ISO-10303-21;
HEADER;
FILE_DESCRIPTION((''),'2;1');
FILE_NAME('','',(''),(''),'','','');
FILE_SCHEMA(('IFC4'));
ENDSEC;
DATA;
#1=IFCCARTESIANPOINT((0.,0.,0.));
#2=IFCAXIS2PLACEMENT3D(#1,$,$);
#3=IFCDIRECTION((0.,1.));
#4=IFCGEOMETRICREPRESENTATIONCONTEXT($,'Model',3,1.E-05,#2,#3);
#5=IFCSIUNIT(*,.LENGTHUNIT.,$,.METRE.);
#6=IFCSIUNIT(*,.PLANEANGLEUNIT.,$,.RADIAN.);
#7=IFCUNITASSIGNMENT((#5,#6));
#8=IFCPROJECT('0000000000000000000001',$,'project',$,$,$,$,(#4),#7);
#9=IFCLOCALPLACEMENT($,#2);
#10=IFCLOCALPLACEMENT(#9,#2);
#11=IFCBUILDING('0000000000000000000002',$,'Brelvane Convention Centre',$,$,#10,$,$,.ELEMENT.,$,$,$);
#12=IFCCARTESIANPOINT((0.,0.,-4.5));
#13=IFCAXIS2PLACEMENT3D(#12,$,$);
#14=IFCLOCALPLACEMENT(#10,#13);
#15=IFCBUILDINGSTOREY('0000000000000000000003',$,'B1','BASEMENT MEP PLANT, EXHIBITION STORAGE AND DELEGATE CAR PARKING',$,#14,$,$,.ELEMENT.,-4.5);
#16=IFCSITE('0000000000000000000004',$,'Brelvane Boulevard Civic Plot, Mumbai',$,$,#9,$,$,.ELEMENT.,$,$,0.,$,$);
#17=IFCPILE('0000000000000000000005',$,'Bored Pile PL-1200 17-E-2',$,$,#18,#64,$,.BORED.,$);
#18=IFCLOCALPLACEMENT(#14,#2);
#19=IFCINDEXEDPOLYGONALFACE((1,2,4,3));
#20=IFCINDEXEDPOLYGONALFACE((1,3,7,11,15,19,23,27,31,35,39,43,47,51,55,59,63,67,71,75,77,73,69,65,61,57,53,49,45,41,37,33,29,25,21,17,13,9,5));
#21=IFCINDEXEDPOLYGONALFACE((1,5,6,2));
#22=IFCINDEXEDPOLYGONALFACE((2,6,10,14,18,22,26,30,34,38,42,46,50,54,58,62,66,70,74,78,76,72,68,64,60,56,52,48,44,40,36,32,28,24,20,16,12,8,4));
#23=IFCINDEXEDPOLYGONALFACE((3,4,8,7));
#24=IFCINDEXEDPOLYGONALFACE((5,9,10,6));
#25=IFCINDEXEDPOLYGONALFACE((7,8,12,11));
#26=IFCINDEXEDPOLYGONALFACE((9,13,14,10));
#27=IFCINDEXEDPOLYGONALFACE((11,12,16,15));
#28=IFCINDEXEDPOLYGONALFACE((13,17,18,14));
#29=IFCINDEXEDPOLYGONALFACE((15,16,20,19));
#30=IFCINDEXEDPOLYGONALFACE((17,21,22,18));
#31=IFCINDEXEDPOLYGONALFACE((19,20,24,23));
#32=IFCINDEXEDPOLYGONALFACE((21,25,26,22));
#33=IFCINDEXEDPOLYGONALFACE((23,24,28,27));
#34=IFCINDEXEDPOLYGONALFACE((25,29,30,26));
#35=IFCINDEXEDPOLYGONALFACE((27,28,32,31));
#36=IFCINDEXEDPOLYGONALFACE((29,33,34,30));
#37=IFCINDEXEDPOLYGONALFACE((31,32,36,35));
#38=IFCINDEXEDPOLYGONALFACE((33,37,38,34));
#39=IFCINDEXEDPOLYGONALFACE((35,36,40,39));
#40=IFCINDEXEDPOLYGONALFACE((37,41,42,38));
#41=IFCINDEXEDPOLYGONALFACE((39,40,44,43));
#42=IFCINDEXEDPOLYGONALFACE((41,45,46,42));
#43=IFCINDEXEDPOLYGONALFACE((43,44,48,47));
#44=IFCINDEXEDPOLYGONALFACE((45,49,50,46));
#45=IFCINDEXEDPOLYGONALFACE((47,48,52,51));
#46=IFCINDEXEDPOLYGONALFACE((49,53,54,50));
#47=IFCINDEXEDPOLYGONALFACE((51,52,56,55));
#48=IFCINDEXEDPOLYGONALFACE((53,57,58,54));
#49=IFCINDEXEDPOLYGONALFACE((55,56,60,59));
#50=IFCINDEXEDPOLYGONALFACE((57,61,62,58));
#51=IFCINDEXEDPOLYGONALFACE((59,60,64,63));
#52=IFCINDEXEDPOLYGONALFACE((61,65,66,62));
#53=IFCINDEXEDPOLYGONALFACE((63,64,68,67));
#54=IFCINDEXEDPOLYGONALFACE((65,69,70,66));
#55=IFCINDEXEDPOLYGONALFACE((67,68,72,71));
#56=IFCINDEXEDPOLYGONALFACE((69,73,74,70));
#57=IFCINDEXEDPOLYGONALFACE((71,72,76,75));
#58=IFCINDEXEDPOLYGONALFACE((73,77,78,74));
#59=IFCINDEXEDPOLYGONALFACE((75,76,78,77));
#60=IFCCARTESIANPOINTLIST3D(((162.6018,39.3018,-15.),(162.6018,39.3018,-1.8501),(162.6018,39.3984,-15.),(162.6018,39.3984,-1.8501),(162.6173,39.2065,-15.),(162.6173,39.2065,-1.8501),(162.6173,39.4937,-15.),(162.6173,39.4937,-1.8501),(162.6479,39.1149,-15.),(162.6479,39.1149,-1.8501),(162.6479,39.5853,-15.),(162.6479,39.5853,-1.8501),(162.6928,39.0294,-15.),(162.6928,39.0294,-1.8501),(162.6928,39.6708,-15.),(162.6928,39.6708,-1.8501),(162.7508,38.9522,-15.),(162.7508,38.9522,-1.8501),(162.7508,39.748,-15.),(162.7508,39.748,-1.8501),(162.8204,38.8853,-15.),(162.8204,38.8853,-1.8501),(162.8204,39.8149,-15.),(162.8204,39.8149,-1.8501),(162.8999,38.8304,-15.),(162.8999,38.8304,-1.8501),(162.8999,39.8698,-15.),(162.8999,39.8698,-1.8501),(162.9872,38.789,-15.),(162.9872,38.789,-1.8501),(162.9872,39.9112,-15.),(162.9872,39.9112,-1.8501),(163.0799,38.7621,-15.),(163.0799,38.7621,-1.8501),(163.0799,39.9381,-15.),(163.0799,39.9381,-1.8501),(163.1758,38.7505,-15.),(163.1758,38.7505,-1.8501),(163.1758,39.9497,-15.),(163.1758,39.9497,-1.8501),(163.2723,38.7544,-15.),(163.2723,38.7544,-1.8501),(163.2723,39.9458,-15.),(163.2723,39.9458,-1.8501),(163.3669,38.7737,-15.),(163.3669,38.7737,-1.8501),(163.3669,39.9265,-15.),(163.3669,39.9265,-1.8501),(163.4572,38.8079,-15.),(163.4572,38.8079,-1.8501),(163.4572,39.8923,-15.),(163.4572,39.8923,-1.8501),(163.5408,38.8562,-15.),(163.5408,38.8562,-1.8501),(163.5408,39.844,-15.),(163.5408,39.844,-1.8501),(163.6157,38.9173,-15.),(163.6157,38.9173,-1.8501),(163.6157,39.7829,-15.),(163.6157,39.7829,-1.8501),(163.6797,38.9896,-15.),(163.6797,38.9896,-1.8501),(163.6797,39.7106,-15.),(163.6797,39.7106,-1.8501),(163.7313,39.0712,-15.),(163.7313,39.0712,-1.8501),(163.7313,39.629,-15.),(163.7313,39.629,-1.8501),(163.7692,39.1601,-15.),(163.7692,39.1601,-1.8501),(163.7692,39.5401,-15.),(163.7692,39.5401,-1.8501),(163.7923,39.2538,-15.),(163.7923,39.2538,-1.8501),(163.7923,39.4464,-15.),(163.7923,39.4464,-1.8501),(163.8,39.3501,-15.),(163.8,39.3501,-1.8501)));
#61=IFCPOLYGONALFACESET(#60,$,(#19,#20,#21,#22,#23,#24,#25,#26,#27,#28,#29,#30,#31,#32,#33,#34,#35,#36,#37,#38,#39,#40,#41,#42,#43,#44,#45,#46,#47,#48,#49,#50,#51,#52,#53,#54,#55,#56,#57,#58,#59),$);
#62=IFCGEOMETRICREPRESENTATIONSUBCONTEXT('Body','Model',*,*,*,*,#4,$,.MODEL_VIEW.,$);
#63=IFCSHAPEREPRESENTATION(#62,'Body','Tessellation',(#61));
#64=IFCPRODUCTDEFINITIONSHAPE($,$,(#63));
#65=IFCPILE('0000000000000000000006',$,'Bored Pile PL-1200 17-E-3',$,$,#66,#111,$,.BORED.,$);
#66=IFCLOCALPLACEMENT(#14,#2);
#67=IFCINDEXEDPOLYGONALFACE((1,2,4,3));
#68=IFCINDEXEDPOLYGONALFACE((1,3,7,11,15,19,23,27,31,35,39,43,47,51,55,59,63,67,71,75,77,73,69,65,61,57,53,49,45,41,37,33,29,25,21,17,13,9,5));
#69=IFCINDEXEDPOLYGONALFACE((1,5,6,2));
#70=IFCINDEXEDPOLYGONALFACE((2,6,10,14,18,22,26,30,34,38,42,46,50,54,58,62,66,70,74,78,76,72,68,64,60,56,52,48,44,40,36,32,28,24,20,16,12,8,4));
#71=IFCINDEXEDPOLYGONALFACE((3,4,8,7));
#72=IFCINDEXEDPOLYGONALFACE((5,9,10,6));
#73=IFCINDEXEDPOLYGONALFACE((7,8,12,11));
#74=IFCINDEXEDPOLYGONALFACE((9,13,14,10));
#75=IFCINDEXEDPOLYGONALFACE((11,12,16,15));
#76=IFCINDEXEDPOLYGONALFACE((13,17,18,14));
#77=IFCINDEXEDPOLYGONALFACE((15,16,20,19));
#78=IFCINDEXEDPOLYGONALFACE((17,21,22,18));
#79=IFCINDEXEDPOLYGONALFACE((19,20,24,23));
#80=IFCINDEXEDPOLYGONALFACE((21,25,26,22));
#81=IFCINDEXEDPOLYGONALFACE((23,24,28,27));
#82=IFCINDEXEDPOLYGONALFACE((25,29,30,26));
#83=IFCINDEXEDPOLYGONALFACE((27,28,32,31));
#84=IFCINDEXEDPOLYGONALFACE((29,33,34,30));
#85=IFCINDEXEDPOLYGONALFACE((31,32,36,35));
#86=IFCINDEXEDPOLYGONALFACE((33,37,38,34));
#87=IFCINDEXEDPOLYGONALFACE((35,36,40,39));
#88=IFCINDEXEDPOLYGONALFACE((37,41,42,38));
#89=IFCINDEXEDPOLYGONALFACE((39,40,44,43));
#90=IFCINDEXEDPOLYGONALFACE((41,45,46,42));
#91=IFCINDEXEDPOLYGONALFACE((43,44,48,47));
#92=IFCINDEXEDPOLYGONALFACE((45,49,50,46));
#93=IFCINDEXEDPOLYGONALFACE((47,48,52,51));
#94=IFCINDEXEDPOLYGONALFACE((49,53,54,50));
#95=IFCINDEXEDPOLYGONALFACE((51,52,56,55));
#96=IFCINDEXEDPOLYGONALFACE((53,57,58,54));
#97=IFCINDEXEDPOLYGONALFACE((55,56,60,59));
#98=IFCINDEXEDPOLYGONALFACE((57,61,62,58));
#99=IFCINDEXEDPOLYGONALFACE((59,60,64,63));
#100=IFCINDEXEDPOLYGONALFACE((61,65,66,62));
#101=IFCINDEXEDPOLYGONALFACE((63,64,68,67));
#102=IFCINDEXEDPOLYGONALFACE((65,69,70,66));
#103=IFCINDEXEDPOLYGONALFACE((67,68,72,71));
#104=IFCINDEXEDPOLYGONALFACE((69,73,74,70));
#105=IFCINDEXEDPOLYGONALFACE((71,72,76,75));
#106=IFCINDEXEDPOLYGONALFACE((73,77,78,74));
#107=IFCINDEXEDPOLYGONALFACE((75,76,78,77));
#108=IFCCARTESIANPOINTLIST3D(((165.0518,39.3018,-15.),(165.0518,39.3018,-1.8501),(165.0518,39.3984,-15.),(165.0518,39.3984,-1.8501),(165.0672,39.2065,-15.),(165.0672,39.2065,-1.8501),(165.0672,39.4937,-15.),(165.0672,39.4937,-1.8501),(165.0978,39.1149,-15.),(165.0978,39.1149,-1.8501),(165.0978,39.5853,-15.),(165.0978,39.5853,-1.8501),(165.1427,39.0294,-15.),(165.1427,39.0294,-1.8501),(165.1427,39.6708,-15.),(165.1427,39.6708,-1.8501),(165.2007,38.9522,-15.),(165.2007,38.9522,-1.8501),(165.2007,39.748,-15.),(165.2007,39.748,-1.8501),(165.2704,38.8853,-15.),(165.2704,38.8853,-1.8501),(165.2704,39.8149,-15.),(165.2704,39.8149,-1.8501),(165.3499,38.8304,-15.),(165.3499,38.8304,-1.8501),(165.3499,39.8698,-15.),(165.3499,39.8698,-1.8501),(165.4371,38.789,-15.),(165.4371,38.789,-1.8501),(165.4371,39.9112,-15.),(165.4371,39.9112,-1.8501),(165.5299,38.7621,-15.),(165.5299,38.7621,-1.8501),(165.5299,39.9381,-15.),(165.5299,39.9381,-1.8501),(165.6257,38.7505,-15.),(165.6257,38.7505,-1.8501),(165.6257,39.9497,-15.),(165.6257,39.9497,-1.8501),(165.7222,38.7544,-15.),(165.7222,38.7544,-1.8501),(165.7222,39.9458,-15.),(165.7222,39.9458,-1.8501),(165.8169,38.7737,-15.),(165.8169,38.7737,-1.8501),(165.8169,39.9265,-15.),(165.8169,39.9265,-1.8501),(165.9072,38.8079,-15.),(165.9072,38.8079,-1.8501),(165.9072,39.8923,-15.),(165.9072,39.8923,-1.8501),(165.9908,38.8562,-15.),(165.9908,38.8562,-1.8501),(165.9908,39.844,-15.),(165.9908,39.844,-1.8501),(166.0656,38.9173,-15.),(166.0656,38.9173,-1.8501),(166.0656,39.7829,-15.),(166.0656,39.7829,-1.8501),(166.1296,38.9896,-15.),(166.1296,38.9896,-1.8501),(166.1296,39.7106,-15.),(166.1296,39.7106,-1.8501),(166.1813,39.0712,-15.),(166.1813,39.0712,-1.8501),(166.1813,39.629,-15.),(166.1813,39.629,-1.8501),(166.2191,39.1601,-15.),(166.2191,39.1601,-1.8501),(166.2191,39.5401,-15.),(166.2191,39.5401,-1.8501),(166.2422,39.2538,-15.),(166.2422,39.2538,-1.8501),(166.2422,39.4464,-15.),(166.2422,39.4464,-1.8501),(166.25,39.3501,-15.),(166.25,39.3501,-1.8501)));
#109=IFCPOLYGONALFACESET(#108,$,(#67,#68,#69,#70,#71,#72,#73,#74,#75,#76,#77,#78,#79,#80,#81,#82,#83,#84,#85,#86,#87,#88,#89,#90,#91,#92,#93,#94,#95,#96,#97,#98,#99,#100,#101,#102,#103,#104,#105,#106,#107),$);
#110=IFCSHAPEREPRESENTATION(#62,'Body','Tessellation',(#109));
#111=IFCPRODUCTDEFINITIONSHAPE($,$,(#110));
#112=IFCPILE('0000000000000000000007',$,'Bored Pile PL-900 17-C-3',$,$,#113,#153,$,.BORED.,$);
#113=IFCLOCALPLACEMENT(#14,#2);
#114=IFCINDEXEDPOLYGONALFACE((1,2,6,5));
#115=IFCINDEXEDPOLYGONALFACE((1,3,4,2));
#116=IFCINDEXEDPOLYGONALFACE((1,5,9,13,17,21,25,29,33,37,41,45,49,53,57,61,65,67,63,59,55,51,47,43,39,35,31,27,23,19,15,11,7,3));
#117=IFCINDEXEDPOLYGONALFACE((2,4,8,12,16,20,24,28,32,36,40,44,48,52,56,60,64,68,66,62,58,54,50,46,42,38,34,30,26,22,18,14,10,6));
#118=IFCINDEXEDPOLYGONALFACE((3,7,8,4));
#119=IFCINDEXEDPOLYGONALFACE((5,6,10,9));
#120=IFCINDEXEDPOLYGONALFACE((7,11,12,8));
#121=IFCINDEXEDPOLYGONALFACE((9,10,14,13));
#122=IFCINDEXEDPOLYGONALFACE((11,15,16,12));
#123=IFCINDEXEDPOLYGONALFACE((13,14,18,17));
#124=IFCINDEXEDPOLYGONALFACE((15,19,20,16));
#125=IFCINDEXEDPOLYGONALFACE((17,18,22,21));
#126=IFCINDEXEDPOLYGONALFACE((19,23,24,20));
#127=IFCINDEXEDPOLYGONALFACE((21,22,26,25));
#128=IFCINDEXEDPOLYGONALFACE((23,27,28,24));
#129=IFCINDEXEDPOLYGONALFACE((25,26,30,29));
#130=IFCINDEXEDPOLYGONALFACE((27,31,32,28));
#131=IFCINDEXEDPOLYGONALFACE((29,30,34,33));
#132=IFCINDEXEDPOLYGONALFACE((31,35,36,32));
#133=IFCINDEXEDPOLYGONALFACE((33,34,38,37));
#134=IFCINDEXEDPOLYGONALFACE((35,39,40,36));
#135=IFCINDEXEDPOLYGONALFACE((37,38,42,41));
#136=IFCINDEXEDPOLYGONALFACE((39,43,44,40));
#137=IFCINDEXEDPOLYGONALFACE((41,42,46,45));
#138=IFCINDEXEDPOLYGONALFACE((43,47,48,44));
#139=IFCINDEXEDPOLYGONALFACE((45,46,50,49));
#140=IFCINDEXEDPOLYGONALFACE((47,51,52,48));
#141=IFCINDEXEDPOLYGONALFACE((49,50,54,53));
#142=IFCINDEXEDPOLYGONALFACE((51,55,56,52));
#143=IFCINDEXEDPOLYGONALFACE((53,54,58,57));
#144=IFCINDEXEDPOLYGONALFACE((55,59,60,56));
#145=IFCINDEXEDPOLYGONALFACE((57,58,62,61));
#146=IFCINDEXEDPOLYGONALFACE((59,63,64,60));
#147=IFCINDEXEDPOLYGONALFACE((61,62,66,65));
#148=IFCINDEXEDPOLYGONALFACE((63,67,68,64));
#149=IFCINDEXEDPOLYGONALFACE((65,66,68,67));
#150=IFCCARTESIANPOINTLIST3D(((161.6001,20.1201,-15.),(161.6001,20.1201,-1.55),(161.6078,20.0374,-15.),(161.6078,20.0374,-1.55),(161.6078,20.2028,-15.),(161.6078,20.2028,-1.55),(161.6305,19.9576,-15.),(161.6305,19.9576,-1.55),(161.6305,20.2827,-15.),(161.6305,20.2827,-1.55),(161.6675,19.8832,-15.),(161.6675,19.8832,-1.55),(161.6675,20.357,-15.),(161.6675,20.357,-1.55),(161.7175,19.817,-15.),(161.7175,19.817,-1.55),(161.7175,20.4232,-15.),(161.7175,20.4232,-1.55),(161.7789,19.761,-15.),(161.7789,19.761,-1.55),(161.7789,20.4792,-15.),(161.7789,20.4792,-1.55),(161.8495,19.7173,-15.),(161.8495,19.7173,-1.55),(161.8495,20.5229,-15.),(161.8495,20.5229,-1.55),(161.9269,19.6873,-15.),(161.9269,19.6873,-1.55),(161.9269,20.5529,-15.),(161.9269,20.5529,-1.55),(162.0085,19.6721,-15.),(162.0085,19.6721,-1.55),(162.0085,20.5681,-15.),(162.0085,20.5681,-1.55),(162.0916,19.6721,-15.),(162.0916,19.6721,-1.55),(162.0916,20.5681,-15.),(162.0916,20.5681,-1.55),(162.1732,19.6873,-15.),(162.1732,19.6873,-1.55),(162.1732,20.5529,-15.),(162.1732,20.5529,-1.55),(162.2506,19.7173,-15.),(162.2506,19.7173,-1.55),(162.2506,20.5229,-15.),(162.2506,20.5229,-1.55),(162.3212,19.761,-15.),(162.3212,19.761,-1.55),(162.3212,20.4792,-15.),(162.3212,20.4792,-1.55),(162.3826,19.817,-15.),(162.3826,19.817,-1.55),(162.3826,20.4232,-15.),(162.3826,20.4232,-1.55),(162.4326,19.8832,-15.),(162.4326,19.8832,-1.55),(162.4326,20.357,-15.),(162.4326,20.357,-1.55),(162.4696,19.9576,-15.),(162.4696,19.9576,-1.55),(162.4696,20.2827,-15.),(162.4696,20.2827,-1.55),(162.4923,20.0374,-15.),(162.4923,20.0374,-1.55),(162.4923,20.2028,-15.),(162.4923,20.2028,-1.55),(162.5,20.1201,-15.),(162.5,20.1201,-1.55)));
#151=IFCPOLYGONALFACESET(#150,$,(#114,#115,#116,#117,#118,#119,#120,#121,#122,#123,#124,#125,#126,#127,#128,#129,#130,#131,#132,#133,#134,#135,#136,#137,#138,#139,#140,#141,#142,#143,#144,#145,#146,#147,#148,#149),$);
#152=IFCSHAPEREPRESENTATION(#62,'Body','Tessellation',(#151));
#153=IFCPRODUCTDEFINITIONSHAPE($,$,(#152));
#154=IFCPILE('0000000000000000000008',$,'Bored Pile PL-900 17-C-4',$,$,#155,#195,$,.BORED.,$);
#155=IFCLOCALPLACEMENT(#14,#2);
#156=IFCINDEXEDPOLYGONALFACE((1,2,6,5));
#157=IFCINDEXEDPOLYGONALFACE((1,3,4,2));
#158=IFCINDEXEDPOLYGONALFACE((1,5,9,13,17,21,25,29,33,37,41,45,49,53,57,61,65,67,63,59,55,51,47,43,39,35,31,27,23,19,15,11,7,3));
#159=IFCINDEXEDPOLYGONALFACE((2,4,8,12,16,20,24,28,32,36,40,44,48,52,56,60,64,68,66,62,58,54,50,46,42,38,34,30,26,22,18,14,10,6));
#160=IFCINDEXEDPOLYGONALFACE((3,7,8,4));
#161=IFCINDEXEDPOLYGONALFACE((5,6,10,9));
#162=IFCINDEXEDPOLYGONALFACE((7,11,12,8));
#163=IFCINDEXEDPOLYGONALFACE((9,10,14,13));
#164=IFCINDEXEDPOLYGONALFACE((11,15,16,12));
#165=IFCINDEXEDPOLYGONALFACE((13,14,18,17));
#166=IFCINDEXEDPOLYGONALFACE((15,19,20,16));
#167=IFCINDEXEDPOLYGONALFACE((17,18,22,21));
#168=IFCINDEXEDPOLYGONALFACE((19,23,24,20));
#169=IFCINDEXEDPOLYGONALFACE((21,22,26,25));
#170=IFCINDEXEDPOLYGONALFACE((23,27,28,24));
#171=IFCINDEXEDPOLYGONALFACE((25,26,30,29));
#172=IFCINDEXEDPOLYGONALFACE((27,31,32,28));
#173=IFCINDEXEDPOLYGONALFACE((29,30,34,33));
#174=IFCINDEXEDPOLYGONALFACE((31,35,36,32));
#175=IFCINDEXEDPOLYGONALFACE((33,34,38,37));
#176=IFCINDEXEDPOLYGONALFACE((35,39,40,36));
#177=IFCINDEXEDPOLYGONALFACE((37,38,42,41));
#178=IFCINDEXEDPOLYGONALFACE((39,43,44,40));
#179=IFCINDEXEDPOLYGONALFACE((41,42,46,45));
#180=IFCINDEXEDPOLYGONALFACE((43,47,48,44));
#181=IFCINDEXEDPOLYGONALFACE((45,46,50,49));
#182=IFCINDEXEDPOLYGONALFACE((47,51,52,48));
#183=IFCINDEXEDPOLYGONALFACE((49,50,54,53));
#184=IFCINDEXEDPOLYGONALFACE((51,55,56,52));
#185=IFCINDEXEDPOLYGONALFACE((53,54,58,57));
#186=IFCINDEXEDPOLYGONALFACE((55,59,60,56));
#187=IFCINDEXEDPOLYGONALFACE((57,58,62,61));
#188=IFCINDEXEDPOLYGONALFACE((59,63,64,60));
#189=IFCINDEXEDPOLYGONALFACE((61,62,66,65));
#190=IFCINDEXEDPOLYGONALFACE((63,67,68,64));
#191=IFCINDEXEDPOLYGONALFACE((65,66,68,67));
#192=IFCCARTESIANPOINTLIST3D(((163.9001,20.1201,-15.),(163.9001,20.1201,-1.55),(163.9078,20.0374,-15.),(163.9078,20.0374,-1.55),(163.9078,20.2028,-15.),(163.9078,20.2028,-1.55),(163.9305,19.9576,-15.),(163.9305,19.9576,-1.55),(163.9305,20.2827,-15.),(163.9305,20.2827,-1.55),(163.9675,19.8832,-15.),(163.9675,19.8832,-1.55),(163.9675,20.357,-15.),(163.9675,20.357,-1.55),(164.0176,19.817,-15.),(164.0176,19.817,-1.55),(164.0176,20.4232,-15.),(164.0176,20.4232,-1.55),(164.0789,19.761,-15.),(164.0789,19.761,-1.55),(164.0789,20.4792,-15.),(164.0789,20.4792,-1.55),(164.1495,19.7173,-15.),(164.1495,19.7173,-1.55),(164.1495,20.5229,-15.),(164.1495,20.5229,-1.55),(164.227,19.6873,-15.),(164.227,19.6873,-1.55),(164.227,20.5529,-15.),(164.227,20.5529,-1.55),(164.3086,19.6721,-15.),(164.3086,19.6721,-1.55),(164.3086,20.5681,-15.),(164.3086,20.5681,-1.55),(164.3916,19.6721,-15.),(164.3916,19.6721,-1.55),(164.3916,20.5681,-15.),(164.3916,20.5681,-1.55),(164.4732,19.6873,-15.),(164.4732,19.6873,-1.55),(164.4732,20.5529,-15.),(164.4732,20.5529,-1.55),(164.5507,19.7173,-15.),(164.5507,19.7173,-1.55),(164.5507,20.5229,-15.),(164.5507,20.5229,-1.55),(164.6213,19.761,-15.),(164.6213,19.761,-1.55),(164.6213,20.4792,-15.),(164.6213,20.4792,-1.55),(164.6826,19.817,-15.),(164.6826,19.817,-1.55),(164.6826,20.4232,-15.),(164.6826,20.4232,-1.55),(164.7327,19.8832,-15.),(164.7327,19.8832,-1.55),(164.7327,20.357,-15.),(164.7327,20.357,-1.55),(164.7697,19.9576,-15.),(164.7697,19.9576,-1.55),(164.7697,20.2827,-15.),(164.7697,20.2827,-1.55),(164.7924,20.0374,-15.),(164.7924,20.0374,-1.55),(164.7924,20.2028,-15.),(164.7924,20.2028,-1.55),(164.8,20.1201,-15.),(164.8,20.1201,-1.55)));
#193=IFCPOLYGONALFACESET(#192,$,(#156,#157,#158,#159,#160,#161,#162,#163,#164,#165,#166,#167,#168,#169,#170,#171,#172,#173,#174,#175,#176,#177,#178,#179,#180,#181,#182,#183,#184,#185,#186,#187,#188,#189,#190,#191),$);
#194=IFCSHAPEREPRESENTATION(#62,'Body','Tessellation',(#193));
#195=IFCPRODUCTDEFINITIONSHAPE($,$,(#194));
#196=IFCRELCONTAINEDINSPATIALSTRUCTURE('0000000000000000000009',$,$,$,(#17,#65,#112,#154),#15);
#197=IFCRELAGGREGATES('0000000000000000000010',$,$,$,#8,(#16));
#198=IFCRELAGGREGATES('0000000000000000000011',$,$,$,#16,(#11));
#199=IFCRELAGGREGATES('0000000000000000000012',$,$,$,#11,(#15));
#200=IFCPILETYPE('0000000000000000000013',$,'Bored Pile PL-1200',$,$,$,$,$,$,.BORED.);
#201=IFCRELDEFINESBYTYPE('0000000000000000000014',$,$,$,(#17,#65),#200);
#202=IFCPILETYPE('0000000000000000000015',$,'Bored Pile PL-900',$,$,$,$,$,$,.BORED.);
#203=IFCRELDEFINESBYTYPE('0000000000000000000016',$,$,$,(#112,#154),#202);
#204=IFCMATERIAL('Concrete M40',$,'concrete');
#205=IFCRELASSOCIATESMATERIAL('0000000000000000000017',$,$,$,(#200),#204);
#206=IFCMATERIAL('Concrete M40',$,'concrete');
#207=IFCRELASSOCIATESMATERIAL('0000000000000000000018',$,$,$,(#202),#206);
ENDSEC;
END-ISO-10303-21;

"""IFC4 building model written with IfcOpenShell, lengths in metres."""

from ifc_helpers import new_model, si_unit, direction, frame, origin, origin_2d, place, context, subcontext, project, spatial, circle, extrude, material, material_profile, profile_set, type_object, element, save


model = new_model("IFC4")

# Units and contexts
model_context = context("Model", 3, precision=1e-05, world=origin(), true_north=direction((0.0, 1.0)))
body_context = subcontext(model_context, "Body", "Model", "MODEL_VIEW")
ifc_project = project(units=[si_unit("LENGTHUNIT", "METRE"), si_unit("PLANEANGLEUNIT", "RADIAN")], contexts=[model_context])

# Site, building, storey
site_placement = place(None, origin())
site = spatial("IfcSite", under=ifc_project, at=site_placement, Name="Brelvane Boulevard Civic Plot, Mumbai", CompositionType="ELEMENT", RefElevation=0.0)
building_placement = place(site_placement, origin())
building = spatial("IfcBuilding", under=site, at=building_placement, Name="Brelvane Convention Centre", CompositionType="ELEMENT")
storey_placement = place(building_placement, frame((0.0, 0.0, -4.5)))
storey = spatial("IfcBuildingStorey", under=building, at=storey_placement, Name="B1", Description="BASEMENT MEP PLANT, EXHIBITION STORAGE AND DELEGATE CAR PARKING", CompositionType="ELEMENT", Elevation=-4.5)

# Piles
ifc_material_1 = material(Name="Concrete M40", Category="concrete")
ifc_material_profile_1 = material_profile(ifc_material_1, circle(Radius=0.6001, at=origin_2d()), Name="PILE D1200")
ifc_profile_set_1 = profile_set([ifc_material_profile_1], Name="Concrete M40")
pile_type_1 = type_object("IfcPileType", Name="Bored Pile PL-1200", PredefinedType="BORED", material=ifc_profile_set_1)
for number, where, z_axis, x_axis, name in (
    (1, (163.2, 39.3501, -1.8501), (0.0, 0.0, -1.0), (1.0, 0.0, 0.0), "Bored Pile PL-1200 17-E-2"),
    (2, (165.6499, 39.3501, -1.8501), (0.0, 0.0, -1.0), (1.0, 0.0, 0.0), "Bored Pile PL-1200 17-E-3"),
):
    element("IfcPile", number, at=place(storey_placement, frame(where, z_axis=z_axis, x_axis=x_axis)), inside=storey, type_object=pile_type_1, Name=name, PredefinedType="BORED", context=body_context, shape_type="SweptSolid", body=[
        extrude(circle(Radius=0.6001, at=origin_2d()), origin(), (0.0, 0.0, 1.0), 13.1499),
    ])
ifc_material_2 = material(Name="Concrete M40", Category="concrete")
ifc_material_profile_2 = material_profile(ifc_material_2, circle(Radius=0.45, at=origin_2d()), Name="PILE D900")
ifc_profile_set_2 = profile_set([ifc_material_profile_2], Name="Concrete M40")
pile_type_2 = type_object("IfcPileType", Name="Bored Pile PL-900", PredefinedType="BORED", material=ifc_profile_set_2)
for number, where, z_axis, x_axis, name in (
    (3, (162.05, 20.1201, -1.55), (0.0, 0.0, -1.0), (1.0, 0.0, 0.0), "Bored Pile PL-900 17-C-3"),
    (4, (164.3501, 20.1201, -1.55), (0.0, 0.0, -1.0), (1.0, 0.0, 0.0), "Bored Pile PL-900 17-C-4"),
):
    element("IfcPile", number, at=place(storey_placement, frame(where, z_axis=z_axis, x_axis=x_axis)), inside=storey, type_object=pile_type_2, Name=name, PredefinedType="BORED", context=body_context, shape_type="SweptSolid", body=[
        extrude(circle(Radius=0.45, at=origin_2d()), origin(), (0.0, 0.0, 1.0), 13.45),
    ])

save(model, "model.ifc")
